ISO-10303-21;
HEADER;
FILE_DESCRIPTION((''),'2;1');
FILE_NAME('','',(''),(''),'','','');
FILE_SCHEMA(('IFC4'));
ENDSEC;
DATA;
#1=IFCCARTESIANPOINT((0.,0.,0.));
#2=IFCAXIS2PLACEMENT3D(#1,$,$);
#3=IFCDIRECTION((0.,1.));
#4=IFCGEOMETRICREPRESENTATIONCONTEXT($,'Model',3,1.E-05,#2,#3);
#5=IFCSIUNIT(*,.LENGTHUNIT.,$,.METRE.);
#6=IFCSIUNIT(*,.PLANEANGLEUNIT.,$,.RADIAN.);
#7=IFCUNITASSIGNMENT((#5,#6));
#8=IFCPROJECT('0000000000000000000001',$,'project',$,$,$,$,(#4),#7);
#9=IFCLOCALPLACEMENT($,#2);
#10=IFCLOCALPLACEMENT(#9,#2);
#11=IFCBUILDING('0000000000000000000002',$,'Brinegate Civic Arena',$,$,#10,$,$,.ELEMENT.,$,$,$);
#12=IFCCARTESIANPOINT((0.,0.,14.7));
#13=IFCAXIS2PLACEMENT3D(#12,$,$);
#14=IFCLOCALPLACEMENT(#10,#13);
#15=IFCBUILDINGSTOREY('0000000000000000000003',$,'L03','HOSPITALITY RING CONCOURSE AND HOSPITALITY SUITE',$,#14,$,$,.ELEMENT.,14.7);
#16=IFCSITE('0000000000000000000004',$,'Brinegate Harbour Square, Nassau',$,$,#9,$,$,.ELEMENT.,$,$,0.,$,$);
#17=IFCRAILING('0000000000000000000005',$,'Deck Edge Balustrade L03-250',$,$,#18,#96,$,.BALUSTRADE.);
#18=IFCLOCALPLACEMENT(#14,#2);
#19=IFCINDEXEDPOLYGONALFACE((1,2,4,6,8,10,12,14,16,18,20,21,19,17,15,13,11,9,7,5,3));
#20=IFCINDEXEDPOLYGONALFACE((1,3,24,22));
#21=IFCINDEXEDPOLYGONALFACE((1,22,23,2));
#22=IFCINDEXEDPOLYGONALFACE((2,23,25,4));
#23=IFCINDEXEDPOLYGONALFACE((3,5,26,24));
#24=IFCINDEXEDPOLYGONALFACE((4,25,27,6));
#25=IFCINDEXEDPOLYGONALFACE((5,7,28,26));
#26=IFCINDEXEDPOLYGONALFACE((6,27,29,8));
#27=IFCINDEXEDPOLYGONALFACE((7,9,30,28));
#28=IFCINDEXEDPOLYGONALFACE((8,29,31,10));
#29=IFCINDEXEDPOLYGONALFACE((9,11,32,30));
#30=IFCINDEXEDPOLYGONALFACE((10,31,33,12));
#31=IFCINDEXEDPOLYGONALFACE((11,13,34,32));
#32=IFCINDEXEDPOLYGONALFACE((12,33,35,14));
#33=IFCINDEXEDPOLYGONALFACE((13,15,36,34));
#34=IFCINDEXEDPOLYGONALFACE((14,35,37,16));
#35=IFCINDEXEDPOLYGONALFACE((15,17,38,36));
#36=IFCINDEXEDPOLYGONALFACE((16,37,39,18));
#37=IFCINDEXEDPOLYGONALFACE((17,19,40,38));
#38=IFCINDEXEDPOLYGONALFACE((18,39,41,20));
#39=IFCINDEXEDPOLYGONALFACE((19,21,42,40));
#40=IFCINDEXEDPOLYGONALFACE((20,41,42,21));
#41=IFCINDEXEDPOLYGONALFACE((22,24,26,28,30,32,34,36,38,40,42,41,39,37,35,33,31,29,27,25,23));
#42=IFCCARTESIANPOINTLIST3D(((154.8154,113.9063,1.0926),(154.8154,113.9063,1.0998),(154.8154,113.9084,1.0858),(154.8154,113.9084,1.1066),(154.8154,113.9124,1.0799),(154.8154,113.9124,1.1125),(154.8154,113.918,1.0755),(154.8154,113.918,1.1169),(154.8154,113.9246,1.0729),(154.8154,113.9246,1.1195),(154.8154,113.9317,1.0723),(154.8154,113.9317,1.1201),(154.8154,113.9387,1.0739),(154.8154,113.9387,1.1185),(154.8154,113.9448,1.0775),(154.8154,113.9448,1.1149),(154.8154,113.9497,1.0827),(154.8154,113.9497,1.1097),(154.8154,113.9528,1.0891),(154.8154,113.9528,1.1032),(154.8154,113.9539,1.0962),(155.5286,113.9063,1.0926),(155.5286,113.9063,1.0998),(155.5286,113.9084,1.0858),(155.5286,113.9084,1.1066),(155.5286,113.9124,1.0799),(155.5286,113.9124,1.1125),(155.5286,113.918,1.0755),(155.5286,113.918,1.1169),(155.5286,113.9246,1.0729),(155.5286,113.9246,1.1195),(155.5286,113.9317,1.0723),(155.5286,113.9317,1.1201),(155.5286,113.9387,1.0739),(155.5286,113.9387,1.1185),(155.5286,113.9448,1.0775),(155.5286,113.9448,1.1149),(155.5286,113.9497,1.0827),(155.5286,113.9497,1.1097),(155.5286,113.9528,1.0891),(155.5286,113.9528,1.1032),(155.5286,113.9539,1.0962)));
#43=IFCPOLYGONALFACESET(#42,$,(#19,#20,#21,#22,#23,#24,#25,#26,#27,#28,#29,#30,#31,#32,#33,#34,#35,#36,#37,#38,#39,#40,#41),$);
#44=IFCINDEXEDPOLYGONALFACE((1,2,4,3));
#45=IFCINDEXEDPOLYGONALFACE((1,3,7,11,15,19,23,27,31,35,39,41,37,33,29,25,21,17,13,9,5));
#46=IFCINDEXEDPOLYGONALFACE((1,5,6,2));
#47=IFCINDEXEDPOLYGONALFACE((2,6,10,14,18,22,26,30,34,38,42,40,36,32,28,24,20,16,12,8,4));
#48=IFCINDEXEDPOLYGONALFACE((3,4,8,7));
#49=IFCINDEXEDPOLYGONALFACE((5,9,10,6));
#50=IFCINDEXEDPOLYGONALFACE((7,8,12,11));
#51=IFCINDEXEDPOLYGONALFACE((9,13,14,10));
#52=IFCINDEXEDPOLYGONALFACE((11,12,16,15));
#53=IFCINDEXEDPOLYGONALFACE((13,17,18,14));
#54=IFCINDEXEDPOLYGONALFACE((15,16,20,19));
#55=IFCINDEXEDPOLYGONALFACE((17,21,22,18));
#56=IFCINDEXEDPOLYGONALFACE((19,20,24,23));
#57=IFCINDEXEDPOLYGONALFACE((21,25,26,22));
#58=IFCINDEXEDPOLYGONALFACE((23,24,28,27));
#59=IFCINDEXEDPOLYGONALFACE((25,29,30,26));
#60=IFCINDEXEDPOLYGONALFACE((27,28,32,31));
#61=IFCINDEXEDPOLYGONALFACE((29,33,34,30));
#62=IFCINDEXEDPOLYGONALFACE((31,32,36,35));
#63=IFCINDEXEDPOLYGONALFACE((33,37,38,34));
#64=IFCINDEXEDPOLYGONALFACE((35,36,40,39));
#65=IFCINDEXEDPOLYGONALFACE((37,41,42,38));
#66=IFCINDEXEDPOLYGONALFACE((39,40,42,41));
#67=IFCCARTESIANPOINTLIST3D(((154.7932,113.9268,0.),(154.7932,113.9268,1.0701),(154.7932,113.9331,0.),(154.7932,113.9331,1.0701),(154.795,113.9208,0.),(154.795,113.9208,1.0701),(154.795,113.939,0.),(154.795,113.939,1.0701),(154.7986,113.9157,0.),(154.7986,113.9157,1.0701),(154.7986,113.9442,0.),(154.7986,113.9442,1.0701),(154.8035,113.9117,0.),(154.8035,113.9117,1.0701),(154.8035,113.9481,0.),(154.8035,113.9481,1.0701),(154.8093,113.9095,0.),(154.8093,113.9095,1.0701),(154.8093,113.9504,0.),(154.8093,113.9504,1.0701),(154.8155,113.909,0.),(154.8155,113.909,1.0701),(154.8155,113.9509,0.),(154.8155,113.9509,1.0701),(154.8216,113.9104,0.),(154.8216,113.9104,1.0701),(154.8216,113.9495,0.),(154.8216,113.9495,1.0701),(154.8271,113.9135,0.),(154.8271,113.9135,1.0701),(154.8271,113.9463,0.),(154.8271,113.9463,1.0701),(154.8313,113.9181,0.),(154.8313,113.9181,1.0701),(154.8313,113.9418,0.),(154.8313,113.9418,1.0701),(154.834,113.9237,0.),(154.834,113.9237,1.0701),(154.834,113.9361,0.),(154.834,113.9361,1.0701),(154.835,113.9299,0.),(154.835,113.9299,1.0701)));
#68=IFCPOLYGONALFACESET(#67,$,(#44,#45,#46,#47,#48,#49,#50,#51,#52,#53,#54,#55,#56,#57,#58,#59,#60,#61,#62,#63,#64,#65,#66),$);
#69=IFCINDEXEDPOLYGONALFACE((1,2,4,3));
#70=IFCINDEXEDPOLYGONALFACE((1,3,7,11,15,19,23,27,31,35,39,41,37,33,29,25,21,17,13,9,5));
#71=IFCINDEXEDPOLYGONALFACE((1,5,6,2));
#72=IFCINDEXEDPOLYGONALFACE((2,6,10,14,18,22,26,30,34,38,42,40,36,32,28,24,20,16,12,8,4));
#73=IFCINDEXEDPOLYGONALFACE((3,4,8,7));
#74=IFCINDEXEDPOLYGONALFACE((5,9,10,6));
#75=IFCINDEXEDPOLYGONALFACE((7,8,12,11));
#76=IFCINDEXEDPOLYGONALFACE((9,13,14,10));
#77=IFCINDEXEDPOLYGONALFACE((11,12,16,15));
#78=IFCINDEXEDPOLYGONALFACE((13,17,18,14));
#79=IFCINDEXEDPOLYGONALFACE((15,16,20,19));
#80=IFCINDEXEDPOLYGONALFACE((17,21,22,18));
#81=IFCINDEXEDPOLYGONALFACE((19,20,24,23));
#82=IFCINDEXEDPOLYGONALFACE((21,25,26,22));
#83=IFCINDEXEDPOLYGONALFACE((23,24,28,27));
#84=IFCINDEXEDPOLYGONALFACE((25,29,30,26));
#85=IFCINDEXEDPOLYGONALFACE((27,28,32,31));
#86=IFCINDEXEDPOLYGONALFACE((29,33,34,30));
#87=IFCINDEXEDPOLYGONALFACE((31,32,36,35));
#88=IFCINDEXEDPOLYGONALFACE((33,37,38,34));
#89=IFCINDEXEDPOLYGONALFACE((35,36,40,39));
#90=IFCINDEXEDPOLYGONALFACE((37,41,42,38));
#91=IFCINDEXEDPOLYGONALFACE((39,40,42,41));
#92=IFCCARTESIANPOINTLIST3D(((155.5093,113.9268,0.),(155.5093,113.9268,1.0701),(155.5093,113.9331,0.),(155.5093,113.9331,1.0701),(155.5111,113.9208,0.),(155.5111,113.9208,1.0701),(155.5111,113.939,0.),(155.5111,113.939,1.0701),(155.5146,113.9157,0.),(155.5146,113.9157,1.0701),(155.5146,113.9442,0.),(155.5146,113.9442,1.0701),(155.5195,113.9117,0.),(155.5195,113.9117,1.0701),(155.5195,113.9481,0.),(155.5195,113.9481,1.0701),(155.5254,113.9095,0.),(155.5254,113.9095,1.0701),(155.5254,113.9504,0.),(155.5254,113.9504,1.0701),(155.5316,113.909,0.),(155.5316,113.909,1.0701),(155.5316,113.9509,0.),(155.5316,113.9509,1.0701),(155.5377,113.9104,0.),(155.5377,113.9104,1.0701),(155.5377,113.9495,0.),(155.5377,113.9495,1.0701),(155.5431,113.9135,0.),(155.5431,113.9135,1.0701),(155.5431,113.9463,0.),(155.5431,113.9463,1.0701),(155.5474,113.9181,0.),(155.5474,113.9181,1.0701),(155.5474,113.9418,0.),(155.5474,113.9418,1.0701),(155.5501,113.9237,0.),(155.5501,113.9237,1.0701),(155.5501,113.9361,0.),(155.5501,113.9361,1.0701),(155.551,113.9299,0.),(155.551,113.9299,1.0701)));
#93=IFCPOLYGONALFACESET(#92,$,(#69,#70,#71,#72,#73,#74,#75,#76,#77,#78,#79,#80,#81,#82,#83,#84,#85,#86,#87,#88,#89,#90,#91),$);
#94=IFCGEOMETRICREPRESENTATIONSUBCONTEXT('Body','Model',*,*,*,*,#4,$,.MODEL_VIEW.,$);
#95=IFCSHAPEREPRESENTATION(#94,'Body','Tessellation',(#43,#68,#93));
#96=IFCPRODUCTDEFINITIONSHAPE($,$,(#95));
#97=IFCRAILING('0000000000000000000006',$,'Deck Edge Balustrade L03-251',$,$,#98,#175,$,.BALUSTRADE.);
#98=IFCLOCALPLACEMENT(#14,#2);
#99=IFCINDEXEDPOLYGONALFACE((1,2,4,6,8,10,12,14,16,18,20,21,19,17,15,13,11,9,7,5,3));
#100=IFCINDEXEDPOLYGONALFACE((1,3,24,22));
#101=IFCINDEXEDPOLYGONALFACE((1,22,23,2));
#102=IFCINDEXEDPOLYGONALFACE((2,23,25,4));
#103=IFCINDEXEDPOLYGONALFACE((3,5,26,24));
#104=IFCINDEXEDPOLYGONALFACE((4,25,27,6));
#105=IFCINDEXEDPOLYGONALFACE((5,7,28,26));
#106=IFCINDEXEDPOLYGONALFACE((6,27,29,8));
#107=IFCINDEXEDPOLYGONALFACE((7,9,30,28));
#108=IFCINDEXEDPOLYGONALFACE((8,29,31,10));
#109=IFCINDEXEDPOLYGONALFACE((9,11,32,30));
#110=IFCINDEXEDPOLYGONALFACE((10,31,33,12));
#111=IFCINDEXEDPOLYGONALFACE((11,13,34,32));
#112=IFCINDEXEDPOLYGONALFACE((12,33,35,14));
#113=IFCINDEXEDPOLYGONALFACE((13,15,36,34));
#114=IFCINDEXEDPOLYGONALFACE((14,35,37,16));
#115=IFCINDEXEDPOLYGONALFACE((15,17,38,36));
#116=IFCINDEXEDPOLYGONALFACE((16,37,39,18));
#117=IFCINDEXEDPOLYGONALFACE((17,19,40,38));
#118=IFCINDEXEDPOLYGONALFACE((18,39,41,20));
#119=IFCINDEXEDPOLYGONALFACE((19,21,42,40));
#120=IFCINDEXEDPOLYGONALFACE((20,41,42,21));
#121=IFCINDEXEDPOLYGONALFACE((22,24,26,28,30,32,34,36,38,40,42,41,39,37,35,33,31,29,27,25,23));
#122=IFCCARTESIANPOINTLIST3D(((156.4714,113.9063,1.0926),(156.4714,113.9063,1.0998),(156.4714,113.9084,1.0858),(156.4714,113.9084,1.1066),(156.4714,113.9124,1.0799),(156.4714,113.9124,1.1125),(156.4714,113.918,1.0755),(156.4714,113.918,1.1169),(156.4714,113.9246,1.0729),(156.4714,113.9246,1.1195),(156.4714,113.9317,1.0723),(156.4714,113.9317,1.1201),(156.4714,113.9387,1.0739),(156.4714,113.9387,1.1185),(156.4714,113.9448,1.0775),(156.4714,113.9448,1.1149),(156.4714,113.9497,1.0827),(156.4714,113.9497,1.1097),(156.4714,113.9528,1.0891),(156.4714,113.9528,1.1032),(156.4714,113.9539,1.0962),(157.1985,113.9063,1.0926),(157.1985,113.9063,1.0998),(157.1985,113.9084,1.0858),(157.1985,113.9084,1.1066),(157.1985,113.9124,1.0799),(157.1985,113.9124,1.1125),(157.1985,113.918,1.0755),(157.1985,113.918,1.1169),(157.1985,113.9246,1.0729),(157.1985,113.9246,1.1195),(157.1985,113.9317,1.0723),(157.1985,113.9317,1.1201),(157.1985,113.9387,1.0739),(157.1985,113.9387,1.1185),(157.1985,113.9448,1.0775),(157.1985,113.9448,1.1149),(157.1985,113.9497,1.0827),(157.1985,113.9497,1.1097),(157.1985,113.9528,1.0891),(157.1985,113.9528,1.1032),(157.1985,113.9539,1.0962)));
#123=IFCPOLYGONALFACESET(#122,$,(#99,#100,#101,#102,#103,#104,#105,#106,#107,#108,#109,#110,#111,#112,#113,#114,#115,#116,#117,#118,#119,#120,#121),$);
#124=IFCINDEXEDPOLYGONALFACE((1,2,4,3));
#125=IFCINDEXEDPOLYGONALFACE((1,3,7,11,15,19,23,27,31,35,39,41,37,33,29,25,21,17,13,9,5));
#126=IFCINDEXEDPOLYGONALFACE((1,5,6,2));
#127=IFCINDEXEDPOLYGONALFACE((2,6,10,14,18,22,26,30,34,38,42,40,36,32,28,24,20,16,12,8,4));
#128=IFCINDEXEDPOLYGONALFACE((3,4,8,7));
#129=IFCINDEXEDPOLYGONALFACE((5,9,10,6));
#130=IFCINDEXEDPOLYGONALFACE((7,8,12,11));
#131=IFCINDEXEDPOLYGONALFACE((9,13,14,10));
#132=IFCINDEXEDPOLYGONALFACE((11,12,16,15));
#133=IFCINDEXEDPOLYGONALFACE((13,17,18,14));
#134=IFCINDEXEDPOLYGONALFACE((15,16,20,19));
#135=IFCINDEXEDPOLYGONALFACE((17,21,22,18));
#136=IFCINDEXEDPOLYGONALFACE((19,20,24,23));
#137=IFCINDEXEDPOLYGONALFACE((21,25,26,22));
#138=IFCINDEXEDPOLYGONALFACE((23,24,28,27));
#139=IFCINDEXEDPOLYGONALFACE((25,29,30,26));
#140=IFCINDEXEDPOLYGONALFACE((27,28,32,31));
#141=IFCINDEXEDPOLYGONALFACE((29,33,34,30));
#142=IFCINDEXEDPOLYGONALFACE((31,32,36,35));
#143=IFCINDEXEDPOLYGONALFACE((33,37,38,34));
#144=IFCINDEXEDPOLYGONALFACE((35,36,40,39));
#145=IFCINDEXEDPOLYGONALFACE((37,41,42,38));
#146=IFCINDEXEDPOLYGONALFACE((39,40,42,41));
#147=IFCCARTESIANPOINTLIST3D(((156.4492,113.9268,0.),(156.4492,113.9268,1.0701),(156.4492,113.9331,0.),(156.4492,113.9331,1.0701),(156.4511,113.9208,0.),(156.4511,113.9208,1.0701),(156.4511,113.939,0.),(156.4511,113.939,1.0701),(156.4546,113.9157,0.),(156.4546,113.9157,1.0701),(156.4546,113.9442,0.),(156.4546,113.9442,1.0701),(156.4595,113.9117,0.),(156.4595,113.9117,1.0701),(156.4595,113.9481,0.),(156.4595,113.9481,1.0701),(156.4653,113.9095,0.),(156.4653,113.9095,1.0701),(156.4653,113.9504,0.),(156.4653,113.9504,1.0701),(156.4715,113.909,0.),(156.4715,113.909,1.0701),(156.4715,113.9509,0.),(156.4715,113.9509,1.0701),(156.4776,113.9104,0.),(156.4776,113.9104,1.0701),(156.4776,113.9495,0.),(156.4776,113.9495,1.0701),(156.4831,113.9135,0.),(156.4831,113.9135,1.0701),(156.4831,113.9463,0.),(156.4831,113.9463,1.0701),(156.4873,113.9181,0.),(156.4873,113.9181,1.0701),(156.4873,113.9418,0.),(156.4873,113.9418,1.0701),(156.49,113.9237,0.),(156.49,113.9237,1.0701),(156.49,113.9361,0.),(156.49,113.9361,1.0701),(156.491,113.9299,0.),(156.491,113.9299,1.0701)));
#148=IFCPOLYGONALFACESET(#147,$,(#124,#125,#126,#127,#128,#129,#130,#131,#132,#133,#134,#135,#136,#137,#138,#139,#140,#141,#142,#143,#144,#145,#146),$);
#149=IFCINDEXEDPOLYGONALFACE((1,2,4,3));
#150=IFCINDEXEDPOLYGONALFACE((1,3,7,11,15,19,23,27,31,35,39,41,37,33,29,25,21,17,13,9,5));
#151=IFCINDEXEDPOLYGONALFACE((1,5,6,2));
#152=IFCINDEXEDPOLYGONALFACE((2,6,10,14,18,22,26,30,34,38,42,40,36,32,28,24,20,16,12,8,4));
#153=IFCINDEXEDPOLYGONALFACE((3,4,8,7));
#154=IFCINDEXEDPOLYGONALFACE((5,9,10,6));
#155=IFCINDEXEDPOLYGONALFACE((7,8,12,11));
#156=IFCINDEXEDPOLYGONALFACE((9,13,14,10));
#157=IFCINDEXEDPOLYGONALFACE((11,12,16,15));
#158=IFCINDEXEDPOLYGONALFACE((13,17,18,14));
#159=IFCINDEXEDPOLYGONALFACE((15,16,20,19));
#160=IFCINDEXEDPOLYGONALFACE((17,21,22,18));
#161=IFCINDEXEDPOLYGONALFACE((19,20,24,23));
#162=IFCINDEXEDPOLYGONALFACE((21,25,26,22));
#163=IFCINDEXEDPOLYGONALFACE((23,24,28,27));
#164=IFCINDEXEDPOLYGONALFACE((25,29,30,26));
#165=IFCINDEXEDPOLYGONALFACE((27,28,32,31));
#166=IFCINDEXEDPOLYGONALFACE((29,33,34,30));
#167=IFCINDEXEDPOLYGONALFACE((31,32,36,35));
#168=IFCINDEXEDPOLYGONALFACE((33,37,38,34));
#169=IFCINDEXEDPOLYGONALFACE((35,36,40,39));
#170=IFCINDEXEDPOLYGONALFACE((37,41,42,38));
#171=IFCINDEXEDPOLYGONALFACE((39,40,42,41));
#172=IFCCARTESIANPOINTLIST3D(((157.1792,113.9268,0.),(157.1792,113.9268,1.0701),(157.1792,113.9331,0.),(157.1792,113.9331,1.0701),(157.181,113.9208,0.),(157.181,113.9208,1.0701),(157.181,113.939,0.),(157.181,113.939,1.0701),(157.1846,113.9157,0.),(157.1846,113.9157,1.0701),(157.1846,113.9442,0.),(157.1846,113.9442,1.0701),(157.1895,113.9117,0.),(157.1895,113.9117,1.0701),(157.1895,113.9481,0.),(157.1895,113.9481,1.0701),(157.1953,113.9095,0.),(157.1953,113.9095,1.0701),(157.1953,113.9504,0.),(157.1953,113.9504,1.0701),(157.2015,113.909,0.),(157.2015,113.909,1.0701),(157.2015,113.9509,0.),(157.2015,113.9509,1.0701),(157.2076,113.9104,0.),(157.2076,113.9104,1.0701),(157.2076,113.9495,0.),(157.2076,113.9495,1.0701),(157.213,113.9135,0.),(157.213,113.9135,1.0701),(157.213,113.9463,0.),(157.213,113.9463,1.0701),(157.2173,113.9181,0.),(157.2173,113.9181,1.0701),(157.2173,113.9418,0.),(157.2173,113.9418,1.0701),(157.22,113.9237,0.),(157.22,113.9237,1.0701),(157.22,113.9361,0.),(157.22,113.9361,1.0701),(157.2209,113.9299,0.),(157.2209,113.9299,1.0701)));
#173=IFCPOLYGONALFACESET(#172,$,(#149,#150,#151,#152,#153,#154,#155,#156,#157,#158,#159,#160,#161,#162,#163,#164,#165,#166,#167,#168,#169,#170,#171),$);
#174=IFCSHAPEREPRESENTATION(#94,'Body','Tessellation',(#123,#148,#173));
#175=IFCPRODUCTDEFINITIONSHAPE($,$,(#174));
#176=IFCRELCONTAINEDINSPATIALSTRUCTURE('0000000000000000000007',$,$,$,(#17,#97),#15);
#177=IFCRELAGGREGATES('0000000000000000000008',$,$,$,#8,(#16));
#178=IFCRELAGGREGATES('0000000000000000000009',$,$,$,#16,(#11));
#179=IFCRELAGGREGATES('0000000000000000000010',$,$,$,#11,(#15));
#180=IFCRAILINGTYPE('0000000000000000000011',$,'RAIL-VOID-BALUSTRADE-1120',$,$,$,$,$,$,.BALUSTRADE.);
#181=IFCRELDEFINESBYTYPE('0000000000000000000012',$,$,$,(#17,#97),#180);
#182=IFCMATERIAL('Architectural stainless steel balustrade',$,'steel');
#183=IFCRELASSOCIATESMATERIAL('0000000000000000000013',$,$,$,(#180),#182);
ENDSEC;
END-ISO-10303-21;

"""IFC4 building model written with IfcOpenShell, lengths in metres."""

from ifc_helpers import new_model, si_unit, direction, frame, origin, origin_2d, place, context, subcontext, project, spatial, circle, extrude, material, type_object, element, save


model = new_model("IFC4")

# Units and contexts
model_context = context("Model", 3, precision=1e-05, world=origin(), true_north=direction((0.0, 1.0)))
body_context = subcontext(model_context, "Body", "Model", "MODEL_VIEW")
ifc_project = project(units=[si_unit("LENGTHUNIT", "METRE"), si_unit("PLANEANGLEUNIT", "RADIAN")], contexts=[model_context])

# Site, building, storey
site_placement = place(None, origin())
site = spatial("IfcSite", under=ifc_project, at=site_placement, Name="Brinegate Harbour Square, Nassau", CompositionType="ELEMENT", RefElevation=0.0)
building_placement = place(site_placement, origin())
building = spatial("IfcBuilding", under=site, at=building_placement, Name="Brinegate Civic Arena", CompositionType="ELEMENT")
storey_placement = place(building_placement, frame((0.0, 0.0, 14.7)))
storey = spatial("IfcBuildingStorey", under=building, at=storey_placement, Name="L03", Description="HOSPITALITY RING CONCOURSE AND HOSPITALITY SUITE", CompositionType="ELEMENT", Elevation=14.7)

# Railings
ifc_material_1 = material(Name="Architectural stainless steel balustrade", Category="steel")
railing_type_1 = type_object("IfcRailingType", Name="RAIL-VOID-BALUSTRADE-1120", PredefinedType="BALUSTRADE", material=ifc_material_1)
railing_1_placement = place(storey_placement, frame((154.814, 113.9299, 0.0)))
element("IfcRailing", 1, at=railing_1_placement, inside=storey, type_object=railing_type_1, Name="Deck Edge Balustrade L03-250", PredefinedType="BALUSTRADE", context=body_context, shape_type="SweptSolid", body=[
    extrude(circle(Radius=0.0239, at=origin_2d()), frame((0.0015, 0.0, 1.0962), z_axis=(1.0, 0.0, 0.0), x_axis=(0.0, 1.0, 0.0)), (0.0, 0.0, 1.0), 0.7131),
    extrude(circle(Radius=0.021, at=origin_2d()), origin(), (0.0, 0.0, 1.0), 1.0701),
    extrude(circle(Radius=0.021, at=origin_2d()), frame((0.7161, 0.0, 0.0)), (0.0, 0.0, 1.0), 1.0701),
])
railing_2_placement = place(storey_placement, frame((156.47, 113.9299, 0.0)))
element("IfcRailing", 2, at=railing_2_placement, inside=storey, type_object=railing_type_1, Name="Deck Edge Balustrade L03-251", PredefinedType="BALUSTRADE", context=body_context, shape_type="SweptSolid", body=[
    extrude(circle(Radius=0.0239, at=origin_2d()), frame((0.0015, 0.0, 1.0962), z_axis=(1.0, 0.0, 0.0), x_axis=(0.0, 1.0, 0.0)), (0.0, 0.0, 1.0), 0.7271),
    extrude(circle(Radius=0.021, at=origin_2d()), origin(), (0.0, 0.0, 1.0), 1.0701),
    extrude(circle(Radius=0.021, at=origin_2d()), frame((0.73, 0.0, 0.0)), (0.0, 0.0, 1.0), 1.0701),
])

save(model, "model.ifc")
